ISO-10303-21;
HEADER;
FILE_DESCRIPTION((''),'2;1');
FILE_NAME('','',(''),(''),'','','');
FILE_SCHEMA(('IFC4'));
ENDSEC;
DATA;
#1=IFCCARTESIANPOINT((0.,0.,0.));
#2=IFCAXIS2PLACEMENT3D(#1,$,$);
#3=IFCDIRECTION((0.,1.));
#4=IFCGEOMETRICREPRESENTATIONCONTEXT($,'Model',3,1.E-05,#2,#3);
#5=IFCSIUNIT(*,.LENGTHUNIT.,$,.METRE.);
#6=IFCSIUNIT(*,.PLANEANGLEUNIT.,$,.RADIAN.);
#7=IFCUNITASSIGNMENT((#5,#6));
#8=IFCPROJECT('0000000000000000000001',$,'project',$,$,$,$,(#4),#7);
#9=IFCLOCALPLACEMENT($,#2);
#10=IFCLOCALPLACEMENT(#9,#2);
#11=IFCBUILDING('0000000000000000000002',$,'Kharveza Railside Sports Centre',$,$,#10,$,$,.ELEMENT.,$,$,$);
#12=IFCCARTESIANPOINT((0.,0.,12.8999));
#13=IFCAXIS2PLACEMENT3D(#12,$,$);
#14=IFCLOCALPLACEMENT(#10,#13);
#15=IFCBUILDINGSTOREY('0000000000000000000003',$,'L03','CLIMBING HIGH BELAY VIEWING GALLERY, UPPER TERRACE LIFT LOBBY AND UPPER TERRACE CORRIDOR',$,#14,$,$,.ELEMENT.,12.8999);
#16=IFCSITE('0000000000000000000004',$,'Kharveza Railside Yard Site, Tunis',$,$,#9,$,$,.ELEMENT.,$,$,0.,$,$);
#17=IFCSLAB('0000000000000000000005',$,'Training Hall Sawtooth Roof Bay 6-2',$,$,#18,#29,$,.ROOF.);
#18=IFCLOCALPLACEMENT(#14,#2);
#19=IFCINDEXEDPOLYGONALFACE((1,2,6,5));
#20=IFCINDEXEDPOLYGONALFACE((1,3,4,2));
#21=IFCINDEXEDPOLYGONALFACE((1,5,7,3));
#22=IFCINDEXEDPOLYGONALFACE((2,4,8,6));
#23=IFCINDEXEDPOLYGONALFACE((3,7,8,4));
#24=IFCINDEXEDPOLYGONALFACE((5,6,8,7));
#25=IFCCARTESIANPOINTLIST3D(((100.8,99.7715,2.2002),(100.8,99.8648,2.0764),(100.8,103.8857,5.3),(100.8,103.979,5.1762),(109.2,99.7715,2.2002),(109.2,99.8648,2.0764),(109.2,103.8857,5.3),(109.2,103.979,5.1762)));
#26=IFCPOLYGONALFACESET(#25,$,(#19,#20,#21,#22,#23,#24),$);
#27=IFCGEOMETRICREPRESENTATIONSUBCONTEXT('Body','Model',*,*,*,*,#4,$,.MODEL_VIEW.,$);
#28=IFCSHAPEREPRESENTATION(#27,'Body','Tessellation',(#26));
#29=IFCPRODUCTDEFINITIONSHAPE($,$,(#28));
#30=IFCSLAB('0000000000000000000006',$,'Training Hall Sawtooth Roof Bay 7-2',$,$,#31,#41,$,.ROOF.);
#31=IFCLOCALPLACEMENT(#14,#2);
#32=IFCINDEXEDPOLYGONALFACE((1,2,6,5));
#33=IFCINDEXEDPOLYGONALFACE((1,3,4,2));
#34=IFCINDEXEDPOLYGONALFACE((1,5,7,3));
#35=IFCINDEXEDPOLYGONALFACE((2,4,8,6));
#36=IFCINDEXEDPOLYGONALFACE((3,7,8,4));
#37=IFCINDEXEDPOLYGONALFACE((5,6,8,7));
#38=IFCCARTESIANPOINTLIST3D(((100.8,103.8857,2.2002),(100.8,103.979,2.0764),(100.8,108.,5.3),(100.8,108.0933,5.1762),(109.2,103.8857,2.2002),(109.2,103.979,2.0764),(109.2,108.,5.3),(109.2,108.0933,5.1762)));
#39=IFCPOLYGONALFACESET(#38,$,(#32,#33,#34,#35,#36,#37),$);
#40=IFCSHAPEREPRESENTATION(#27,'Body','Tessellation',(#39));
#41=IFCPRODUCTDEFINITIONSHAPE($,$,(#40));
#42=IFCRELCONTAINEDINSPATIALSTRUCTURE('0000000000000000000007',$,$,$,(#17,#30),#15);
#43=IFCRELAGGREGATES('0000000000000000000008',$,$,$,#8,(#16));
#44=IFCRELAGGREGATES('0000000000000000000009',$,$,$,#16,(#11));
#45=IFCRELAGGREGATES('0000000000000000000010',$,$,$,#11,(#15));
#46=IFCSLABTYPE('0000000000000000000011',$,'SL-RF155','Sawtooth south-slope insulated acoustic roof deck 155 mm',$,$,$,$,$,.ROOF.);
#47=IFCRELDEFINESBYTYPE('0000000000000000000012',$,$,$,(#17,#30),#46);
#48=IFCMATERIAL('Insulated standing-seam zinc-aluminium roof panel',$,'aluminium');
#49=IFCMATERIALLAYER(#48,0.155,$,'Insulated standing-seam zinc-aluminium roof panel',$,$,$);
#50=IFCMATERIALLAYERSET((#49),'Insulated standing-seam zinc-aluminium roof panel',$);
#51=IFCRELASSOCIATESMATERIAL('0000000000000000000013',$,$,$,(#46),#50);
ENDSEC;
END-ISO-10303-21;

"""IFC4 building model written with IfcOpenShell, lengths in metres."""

from ifc_helpers import new_model, si_unit, direction, frame, origin, place, context, subcontext, project, spatial, polyline, outline, extrude, material, layer, layer_set, type_object, element, save


model = new_model("IFC4")

# Units and contexts
model_context = context("Model", 3, precision=1e-05, world=origin(), true_north=direction((0.0, 1.0)))
body_context = subcontext(model_context, "Body", "Model", "MODEL_VIEW")
ifc_project = project(units=[si_unit("LENGTHUNIT", "METRE"), si_unit("PLANEANGLEUNIT", "RADIAN")], contexts=[model_context])

# Site, building, storey
site_placement = place(None, origin())
site = spatial("IfcSite", under=ifc_project, at=site_placement, Name="Kharveza Railside Yard Site, Tunis", CompositionType="ELEMENT", RefElevation=0.0)
building_placement = place(site_placement, origin())
building = spatial("IfcBuilding", under=site, at=building_placement, Name="Kharveza Railside Sports Centre", CompositionType="ELEMENT")
storey_placement = place(building_placement, frame((0.0, 0.0, 12.8999)))
storey = spatial("IfcBuildingStorey", under=building, at=storey_placement, Name="L03", Description="CLIMBING HIGH BELAY VIEWING GALLERY, UPPER TERRACE LIFT LOBBY AND UPPER TERRACE CORRIDOR", CompositionType="ELEMENT", Elevation=12.8999)

# Slabs
ifc_material_1 = material(Name="Insulated standing-seam zinc-aluminium roof panel", Category="aluminium")
ifc_layer_1 = layer(ifc_material_1, 0.155, Name="Insulated standing-seam zinc-aluminium roof panel")
ifc_layer_set_1 = layer_set([ifc_layer_1], Name="Insulated standing-seam zinc-aluminium roof panel")
slab_type = type_object("IfcSlabType", Name="SL-RF155", Description="Sawtooth south-slope insulated acoustic roof deck 155 mm", PredefinedType="ROOF", material=ifc_layer_set_1)
for number, where, z_axis, x_axis, name in (
    (1, (100.8, 99.7715, 2.2002), (0.0, -0.601758, 0.798679), (1.0, 0.0, 0.0), "Training Hall Sawtooth Roof Bay 6-2"),
    (2, (100.8, 103.8857, 2.2002), (0.0, -0.601758, 0.798679), (1.0, 0.0, 0.0), "Training Hall Sawtooth Roof Bay 7-2"),
):
    element("IfcSlab", number, at=place(storey_placement, frame(where, z_axis=z_axis, x_axis=x_axis)), inside=storey, type_object=slab_type, Name=name, PredefinedType="ROOF", context=body_context, shape_type="SweptSolid", body=[
        extrude(outline(polyline([(0.0, 0.0), (8.3999, 0.0), (8.3999, 5.1513), (0.0, 5.1513), (0.0, 0.0)])), origin(), (0.0, 0.0, -1.0), 0.155),
    ])

save(model, "model.ifc")
